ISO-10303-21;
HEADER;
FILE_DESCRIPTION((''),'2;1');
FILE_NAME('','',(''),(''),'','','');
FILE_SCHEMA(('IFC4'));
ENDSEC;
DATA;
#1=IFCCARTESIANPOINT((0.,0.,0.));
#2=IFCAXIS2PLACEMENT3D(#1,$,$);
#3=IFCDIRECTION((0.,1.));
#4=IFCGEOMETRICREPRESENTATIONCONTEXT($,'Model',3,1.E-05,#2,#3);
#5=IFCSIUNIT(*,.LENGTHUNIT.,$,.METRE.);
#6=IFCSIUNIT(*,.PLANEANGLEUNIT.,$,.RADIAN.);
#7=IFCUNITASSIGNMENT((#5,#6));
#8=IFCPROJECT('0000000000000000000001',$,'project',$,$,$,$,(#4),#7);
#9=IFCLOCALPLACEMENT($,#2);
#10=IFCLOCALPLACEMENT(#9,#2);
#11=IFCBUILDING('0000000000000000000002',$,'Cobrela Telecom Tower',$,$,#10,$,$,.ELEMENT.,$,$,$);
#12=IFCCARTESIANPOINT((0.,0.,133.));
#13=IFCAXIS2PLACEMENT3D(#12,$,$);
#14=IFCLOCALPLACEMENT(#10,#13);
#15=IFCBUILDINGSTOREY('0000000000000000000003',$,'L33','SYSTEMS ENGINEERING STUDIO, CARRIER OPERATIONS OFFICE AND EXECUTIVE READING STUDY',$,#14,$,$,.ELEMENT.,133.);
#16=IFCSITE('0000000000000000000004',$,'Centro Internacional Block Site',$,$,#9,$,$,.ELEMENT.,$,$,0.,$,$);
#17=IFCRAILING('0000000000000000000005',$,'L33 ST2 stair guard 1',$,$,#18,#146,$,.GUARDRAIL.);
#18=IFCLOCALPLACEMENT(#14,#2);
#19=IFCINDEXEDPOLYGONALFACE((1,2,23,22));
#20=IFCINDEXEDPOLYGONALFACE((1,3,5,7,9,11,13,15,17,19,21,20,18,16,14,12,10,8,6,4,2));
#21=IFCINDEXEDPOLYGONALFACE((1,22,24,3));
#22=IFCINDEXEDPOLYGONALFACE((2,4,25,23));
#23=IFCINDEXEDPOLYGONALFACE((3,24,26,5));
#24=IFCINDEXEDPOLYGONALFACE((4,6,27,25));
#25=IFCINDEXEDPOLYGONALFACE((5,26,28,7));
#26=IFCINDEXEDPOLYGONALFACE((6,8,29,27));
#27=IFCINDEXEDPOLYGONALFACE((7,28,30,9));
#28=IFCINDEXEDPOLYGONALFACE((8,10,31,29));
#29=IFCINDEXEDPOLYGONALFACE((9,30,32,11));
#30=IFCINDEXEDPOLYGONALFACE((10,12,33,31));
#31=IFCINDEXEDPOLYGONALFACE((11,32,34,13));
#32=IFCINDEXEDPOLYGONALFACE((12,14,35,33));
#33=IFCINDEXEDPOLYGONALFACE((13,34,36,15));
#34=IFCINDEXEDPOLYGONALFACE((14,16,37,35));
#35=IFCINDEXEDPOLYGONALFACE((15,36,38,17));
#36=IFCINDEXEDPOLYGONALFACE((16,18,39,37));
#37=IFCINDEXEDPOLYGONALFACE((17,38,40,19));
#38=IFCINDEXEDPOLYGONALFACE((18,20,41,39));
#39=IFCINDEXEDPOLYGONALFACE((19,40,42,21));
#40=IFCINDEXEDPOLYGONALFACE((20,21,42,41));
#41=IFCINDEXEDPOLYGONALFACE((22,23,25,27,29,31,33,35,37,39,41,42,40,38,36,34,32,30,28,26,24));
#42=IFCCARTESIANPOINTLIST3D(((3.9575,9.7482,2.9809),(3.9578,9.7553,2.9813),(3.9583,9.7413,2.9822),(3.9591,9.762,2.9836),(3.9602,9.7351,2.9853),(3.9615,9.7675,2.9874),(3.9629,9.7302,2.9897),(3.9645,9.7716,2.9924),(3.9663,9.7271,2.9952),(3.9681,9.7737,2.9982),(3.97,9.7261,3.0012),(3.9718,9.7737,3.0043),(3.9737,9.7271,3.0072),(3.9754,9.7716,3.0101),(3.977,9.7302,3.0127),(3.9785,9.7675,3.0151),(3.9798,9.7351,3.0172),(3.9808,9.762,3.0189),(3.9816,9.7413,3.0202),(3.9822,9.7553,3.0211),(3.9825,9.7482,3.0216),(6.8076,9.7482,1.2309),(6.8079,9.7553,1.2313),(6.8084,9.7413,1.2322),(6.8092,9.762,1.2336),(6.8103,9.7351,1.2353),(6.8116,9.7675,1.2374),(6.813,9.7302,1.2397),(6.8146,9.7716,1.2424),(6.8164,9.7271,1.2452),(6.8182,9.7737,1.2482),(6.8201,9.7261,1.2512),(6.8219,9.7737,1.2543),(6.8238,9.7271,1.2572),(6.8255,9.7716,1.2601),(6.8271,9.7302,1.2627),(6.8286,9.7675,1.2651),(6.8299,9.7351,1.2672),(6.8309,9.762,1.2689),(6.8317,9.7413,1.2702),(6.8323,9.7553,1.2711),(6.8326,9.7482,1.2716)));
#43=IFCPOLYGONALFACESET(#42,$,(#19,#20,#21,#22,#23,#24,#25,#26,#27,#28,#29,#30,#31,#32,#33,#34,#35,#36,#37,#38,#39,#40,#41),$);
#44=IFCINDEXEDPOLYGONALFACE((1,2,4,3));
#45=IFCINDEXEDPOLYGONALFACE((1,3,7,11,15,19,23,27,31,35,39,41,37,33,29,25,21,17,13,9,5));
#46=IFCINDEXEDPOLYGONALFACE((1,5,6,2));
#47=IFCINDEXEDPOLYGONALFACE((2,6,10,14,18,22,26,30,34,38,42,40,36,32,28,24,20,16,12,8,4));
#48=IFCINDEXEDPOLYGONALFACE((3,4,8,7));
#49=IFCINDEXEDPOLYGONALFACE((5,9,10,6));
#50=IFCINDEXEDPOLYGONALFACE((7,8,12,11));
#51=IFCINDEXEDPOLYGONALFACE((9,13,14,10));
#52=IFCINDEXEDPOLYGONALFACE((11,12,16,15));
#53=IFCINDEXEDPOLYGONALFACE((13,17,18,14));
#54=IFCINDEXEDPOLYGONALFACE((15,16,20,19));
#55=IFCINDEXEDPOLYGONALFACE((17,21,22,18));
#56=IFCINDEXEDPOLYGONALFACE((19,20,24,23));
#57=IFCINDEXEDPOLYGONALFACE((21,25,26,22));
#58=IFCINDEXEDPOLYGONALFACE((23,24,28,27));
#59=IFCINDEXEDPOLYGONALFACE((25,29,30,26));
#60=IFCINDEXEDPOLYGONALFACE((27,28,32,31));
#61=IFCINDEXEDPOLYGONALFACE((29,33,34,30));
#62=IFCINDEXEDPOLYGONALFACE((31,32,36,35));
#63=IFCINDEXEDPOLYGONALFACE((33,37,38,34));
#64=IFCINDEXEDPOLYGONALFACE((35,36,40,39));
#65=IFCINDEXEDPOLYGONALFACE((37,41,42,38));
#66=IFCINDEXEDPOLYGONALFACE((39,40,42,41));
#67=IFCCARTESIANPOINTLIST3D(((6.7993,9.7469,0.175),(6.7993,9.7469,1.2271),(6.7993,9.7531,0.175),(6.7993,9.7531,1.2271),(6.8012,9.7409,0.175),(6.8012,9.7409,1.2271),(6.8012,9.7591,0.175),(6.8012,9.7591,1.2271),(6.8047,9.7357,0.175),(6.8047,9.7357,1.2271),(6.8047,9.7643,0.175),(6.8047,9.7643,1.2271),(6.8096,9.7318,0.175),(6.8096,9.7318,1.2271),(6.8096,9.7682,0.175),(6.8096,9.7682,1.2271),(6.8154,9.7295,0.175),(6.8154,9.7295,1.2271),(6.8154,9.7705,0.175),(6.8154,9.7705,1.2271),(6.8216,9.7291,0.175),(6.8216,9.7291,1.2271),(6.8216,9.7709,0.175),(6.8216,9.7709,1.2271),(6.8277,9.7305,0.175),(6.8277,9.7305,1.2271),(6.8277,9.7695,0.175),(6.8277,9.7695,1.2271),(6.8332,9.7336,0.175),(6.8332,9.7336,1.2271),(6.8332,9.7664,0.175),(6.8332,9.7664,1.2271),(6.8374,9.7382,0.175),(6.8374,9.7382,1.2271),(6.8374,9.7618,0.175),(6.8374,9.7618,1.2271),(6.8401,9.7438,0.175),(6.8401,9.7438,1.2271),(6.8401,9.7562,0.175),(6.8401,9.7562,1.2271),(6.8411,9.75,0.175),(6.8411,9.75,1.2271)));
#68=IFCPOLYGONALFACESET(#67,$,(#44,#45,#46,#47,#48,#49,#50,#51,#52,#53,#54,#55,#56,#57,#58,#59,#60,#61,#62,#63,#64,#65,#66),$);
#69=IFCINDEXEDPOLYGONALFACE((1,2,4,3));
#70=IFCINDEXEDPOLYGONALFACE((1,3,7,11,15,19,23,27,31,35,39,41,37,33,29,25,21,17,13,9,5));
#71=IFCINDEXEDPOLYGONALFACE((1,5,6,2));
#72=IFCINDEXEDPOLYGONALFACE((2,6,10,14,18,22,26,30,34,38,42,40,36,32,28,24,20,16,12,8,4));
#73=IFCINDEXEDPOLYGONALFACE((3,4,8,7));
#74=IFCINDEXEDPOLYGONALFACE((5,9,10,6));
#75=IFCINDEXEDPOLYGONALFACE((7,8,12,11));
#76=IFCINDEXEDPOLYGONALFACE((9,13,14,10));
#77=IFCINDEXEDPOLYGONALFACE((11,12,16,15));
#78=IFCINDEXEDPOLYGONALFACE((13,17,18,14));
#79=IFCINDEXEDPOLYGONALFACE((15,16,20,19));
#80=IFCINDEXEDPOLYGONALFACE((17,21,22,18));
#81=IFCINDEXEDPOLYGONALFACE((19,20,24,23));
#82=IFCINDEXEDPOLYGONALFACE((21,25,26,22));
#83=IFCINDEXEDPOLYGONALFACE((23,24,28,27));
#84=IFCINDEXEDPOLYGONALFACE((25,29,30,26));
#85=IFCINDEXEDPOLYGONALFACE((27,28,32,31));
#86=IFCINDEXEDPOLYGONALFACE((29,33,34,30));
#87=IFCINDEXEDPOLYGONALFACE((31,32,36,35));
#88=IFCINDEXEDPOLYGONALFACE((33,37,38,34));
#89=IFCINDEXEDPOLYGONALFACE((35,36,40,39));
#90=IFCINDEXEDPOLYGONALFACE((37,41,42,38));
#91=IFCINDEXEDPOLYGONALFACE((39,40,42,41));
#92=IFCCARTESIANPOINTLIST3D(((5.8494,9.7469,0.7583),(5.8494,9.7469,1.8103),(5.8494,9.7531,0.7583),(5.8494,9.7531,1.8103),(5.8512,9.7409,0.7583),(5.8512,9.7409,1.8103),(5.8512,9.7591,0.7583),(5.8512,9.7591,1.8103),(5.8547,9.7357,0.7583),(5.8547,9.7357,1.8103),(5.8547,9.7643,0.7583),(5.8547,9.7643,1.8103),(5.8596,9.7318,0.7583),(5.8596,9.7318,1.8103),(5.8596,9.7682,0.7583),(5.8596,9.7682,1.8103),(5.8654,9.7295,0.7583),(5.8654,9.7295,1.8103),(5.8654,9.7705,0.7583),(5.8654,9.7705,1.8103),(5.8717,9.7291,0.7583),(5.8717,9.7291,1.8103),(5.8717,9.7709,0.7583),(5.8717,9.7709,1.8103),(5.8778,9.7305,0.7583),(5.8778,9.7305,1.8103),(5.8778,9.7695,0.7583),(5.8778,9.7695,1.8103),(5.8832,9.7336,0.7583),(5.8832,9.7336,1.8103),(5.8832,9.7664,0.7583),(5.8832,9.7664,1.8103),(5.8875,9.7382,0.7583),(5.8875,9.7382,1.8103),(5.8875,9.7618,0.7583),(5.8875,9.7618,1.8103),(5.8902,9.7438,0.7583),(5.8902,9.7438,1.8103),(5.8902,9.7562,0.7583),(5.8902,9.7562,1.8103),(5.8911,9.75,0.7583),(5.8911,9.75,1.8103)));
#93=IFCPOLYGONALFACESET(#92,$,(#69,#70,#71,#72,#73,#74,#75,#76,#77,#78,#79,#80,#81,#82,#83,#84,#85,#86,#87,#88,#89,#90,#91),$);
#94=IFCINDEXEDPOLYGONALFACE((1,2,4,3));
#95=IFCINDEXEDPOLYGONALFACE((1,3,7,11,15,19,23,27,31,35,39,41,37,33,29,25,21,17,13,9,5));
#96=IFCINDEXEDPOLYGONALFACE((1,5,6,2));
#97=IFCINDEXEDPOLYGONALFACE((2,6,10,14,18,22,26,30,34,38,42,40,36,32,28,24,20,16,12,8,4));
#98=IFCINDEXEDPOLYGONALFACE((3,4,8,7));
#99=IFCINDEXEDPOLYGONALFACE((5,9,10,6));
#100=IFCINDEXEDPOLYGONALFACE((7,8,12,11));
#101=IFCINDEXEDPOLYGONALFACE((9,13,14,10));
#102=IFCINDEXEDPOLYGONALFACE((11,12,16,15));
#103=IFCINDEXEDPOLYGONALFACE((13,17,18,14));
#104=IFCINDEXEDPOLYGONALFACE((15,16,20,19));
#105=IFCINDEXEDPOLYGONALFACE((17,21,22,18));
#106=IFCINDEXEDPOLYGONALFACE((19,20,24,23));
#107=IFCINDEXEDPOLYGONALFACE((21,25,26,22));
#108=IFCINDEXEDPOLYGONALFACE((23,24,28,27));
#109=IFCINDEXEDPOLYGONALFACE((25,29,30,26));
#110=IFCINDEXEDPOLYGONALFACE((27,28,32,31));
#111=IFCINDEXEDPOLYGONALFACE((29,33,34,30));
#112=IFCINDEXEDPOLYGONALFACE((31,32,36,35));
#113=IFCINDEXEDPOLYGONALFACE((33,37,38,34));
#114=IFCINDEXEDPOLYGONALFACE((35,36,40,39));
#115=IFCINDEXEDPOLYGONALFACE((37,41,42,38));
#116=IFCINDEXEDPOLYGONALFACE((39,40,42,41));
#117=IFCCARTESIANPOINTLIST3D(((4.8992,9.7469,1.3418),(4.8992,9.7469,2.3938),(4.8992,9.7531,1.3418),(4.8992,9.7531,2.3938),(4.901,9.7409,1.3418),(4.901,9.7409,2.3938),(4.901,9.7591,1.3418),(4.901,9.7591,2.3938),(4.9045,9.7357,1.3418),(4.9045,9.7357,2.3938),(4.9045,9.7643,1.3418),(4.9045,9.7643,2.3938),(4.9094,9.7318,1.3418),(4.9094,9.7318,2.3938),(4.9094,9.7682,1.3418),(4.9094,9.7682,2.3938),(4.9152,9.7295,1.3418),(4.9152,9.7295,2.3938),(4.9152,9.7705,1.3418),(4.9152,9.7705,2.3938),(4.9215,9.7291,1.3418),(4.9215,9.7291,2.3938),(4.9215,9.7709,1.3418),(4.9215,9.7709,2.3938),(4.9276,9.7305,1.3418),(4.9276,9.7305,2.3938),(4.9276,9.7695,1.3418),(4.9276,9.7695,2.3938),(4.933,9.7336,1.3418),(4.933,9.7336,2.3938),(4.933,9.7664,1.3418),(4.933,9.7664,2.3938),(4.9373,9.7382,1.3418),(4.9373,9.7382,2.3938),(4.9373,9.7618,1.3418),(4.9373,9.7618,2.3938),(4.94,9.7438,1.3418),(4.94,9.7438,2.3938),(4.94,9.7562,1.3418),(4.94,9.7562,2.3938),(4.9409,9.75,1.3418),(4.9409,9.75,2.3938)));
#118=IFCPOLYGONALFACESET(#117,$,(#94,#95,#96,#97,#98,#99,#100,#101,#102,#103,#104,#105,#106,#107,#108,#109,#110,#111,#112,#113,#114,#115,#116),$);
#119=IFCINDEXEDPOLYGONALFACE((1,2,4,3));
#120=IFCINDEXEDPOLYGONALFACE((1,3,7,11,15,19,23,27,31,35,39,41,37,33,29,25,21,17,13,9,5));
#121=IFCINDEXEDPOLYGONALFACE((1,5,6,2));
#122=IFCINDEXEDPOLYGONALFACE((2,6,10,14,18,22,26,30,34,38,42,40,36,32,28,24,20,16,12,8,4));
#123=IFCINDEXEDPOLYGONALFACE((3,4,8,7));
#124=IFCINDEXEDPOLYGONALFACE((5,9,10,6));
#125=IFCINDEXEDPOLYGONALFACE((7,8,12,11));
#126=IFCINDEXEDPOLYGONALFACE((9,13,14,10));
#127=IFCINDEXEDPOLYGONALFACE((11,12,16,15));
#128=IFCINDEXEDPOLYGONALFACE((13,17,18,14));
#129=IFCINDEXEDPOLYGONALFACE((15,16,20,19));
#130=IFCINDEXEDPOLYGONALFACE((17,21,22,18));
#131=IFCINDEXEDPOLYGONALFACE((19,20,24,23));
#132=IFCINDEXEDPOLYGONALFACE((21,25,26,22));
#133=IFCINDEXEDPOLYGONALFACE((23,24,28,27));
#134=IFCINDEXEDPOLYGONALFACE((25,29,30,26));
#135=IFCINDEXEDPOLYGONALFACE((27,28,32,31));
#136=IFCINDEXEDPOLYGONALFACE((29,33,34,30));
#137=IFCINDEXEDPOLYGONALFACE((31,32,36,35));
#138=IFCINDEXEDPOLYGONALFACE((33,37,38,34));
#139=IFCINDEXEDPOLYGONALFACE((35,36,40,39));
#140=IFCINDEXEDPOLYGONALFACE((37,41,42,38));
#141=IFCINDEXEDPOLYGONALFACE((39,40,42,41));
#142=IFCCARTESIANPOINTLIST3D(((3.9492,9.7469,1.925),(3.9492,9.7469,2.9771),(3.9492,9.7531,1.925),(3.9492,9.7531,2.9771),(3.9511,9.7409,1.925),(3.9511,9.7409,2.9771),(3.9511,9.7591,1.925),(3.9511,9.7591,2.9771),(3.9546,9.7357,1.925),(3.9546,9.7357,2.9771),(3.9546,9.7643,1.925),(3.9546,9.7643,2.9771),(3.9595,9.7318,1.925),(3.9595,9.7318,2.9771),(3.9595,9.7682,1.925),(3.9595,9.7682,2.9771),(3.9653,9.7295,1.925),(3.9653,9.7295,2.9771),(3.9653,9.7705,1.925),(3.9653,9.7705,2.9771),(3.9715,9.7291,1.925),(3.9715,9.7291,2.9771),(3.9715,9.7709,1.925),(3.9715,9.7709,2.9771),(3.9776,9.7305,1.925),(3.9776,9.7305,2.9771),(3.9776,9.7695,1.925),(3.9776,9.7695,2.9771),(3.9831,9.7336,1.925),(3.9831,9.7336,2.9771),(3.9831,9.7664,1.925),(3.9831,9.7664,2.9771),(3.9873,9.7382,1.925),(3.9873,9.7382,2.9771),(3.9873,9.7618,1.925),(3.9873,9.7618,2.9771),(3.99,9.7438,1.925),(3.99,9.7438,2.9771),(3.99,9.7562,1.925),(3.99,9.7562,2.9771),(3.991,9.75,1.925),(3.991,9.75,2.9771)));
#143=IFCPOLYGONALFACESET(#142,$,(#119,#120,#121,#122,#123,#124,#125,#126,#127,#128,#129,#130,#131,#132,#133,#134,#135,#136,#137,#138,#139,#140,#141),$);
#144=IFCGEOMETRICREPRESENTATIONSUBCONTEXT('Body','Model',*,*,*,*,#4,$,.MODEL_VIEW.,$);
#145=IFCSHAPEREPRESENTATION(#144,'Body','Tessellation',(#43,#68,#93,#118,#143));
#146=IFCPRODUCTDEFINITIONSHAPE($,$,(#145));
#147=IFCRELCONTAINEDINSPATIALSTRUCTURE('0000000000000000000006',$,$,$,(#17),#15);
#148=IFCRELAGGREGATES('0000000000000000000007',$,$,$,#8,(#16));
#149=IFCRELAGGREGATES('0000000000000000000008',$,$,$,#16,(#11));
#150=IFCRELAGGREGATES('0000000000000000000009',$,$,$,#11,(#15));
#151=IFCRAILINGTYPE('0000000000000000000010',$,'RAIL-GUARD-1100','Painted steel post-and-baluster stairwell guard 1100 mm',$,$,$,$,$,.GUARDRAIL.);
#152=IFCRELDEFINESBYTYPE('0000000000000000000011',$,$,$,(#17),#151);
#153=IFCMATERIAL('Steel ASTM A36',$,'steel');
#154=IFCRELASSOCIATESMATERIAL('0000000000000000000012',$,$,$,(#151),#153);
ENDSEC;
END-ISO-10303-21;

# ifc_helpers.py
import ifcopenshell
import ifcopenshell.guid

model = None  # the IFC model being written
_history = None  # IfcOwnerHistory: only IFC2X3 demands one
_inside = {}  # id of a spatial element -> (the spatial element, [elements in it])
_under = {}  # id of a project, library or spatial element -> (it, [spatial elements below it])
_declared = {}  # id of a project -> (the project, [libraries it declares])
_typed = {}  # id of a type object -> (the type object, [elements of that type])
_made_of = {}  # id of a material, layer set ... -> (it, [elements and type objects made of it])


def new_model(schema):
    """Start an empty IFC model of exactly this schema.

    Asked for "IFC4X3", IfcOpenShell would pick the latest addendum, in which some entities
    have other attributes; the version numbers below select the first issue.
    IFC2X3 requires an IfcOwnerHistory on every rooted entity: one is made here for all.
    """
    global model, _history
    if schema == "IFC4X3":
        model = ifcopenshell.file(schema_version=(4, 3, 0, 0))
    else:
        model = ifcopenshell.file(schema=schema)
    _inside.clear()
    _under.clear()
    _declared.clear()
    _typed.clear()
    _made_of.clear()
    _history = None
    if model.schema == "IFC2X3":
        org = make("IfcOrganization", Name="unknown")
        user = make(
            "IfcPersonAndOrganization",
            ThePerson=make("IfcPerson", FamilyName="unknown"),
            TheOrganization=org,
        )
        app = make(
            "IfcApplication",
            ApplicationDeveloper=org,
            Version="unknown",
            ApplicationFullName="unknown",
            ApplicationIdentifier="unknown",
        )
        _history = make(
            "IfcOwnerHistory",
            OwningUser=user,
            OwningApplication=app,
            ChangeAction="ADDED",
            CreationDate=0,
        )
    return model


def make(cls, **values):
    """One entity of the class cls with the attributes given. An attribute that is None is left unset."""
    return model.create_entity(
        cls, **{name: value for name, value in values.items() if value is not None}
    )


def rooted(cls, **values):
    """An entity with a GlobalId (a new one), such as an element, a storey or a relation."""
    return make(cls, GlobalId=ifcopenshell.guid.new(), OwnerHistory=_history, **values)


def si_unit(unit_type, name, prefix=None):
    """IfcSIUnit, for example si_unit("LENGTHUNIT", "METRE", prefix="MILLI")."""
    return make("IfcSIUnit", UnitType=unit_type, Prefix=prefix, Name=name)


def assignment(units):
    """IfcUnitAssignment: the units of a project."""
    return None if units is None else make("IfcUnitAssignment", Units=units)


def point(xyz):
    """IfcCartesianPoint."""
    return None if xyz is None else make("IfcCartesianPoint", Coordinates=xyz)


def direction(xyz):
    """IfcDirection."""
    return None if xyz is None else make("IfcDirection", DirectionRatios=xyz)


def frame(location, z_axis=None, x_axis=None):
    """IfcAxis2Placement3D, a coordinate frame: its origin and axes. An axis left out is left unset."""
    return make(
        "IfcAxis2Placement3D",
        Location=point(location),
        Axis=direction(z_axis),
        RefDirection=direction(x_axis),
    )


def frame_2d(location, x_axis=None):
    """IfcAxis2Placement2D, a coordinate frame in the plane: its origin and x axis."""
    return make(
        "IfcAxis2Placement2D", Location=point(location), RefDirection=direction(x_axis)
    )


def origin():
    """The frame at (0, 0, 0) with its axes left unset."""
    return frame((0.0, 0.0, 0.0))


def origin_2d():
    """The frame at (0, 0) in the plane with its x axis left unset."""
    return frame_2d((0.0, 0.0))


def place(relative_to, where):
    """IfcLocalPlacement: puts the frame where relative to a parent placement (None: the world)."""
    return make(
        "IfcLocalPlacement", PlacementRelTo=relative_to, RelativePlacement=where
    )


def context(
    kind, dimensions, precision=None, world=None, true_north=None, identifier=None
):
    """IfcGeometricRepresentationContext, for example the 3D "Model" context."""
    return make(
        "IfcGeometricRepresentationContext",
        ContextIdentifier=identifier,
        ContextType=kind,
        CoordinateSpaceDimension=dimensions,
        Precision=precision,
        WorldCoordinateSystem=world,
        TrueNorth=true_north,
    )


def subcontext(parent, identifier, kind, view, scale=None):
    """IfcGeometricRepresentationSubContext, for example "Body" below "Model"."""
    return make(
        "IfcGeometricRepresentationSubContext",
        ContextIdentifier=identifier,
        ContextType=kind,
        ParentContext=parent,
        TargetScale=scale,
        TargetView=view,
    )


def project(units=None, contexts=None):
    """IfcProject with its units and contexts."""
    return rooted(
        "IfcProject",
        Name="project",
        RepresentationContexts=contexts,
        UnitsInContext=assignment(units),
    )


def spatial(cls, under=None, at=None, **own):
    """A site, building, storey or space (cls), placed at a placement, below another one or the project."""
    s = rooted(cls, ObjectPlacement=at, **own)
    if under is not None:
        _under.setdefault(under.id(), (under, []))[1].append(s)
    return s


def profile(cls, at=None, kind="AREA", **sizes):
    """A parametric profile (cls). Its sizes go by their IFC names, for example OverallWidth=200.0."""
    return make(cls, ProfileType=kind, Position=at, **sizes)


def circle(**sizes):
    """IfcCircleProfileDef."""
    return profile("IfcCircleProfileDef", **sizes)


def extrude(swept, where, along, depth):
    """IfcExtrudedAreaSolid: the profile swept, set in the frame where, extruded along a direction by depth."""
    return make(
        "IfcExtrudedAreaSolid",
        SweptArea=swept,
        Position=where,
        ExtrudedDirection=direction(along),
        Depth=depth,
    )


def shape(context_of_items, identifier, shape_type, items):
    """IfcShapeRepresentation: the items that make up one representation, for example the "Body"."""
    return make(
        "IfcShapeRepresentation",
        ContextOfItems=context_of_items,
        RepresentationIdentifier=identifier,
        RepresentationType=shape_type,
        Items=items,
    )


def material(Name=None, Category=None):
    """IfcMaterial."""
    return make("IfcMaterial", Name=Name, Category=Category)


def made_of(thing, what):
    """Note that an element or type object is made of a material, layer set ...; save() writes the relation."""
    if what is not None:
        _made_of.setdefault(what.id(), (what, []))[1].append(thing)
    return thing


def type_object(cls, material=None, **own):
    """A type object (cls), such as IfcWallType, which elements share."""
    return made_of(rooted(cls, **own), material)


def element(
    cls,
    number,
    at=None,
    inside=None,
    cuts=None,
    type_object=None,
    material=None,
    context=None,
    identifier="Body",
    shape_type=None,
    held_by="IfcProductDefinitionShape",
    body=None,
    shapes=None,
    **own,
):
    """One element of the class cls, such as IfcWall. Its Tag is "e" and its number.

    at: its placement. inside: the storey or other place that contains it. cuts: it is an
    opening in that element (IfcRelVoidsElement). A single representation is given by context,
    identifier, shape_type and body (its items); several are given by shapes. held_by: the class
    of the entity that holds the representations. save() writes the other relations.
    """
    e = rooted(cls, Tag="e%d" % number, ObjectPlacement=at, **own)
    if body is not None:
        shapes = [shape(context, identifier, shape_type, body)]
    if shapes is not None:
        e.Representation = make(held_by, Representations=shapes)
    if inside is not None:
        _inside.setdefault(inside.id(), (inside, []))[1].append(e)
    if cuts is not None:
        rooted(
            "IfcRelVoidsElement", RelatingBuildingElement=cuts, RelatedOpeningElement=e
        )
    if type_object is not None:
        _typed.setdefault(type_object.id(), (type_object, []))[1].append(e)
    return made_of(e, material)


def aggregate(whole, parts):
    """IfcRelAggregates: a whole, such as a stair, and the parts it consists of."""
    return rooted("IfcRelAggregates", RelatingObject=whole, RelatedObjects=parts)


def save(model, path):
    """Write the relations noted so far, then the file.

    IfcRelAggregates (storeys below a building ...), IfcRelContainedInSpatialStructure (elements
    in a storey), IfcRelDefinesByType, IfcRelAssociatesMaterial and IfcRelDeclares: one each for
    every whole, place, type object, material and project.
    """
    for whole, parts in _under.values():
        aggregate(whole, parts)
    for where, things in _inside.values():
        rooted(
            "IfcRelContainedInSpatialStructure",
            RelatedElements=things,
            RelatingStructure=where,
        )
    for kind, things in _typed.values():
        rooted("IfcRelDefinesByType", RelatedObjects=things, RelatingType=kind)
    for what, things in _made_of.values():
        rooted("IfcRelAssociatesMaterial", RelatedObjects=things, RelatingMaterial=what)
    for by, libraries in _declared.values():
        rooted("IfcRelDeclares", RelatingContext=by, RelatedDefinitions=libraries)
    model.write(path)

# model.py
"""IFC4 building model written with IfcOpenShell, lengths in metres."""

from ifc_helpers import new_model, si_unit, direction, frame, origin, origin_2d, place, context, subcontext, project, spatial, circle, extrude, material, type_object, element, save


model = new_model("IFC4")

# Units and contexts
model_context = context("Model", 3, precision=1e-05, world=origin(), true_north=direction((0.0, 1.0)))
body_context = subcontext(model_context, "Body", "Model", "MODEL_VIEW")
ifc_project = project(units=[si_unit("LENGTHUNIT", "METRE"), si_unit("PLANEANGLEUNIT", "RADIAN")], contexts=[model_context])

# Site, building, storey
site_placement = place(None, origin())
site = spatial("IfcSite", under=ifc_project, at=site_placement, Name="Centro Internacional Block Site", CompositionType="ELEMENT", RefElevation=0.0)
building_placement = place(site_placement, origin())
building = spatial("IfcBuilding", under=site, at=building_placement, Name="Cobrela Telecom Tower", CompositionType="ELEMENT")
storey_placement = place(building_placement, frame((0.0, 0.0, 133.0)))
storey = spatial("IfcBuildingStorey", under=building, at=storey_placement, Name="L33", Description="SYSTEMS ENGINEERING STUDIO, CARRIER OPERATIONS OFFICE AND EXECUTIVE READING STUDY", CompositionType="ELEMENT", Elevation=133.0)

# Shared definitions
ifc_material_1 = material(Name="Steel ASTM A36", Category="steel")

# Railing
railing_type_1 = type_object("IfcRailingType", Name="RAIL-GUARD-1100", Description="Painted steel post-and-baluster stairwell guard 1100 mm", PredefinedType="GUARDRAIL", material=ifc_material_1)
railing_1_placement = place(storey_placement, frame((6.8201, 9.75, 0.175)))
element("IfcRailing", 1, at=railing_1_placement, inside=storey, type_object=railing_type_1, Name="L33 ST2 stair guard 1", PredefinedType="GUARDRAIL", context=body_context, shape_type="SweptSolid", body=[
    extrude(circle(Radius=0.0239, at=origin_2d()), frame((0.0, 0.0, 1.0762), z_axis=(-0.852179, 0.0, 0.52325), x_axis=(0.0, -1.0, 0.0)), (0.0, 0.0, 1.0), 3.3445),
    extrude(circle(Radius=0.021, at=origin_2d()), origin(), (0.0, 0.0, 1.0), 1.052),
    extrude(circle(Radius=0.021, at=origin_2d()), frame((-0.95, 0.0, 0.5833)), (0.0, 0.0, 1.0), 1.052),
    extrude(circle(Radius=0.021, at=origin_2d()), frame((-1.9001, 0.0, 1.1667)), (0.0, 0.0, 1.0), 1.052),
    extrude(circle(Radius=0.021, at=origin_2d()), frame((-2.8501, 0.0, 1.75)), (0.0, 0.0, 1.0), 1.052),
])

save(model, "model.ifc")
